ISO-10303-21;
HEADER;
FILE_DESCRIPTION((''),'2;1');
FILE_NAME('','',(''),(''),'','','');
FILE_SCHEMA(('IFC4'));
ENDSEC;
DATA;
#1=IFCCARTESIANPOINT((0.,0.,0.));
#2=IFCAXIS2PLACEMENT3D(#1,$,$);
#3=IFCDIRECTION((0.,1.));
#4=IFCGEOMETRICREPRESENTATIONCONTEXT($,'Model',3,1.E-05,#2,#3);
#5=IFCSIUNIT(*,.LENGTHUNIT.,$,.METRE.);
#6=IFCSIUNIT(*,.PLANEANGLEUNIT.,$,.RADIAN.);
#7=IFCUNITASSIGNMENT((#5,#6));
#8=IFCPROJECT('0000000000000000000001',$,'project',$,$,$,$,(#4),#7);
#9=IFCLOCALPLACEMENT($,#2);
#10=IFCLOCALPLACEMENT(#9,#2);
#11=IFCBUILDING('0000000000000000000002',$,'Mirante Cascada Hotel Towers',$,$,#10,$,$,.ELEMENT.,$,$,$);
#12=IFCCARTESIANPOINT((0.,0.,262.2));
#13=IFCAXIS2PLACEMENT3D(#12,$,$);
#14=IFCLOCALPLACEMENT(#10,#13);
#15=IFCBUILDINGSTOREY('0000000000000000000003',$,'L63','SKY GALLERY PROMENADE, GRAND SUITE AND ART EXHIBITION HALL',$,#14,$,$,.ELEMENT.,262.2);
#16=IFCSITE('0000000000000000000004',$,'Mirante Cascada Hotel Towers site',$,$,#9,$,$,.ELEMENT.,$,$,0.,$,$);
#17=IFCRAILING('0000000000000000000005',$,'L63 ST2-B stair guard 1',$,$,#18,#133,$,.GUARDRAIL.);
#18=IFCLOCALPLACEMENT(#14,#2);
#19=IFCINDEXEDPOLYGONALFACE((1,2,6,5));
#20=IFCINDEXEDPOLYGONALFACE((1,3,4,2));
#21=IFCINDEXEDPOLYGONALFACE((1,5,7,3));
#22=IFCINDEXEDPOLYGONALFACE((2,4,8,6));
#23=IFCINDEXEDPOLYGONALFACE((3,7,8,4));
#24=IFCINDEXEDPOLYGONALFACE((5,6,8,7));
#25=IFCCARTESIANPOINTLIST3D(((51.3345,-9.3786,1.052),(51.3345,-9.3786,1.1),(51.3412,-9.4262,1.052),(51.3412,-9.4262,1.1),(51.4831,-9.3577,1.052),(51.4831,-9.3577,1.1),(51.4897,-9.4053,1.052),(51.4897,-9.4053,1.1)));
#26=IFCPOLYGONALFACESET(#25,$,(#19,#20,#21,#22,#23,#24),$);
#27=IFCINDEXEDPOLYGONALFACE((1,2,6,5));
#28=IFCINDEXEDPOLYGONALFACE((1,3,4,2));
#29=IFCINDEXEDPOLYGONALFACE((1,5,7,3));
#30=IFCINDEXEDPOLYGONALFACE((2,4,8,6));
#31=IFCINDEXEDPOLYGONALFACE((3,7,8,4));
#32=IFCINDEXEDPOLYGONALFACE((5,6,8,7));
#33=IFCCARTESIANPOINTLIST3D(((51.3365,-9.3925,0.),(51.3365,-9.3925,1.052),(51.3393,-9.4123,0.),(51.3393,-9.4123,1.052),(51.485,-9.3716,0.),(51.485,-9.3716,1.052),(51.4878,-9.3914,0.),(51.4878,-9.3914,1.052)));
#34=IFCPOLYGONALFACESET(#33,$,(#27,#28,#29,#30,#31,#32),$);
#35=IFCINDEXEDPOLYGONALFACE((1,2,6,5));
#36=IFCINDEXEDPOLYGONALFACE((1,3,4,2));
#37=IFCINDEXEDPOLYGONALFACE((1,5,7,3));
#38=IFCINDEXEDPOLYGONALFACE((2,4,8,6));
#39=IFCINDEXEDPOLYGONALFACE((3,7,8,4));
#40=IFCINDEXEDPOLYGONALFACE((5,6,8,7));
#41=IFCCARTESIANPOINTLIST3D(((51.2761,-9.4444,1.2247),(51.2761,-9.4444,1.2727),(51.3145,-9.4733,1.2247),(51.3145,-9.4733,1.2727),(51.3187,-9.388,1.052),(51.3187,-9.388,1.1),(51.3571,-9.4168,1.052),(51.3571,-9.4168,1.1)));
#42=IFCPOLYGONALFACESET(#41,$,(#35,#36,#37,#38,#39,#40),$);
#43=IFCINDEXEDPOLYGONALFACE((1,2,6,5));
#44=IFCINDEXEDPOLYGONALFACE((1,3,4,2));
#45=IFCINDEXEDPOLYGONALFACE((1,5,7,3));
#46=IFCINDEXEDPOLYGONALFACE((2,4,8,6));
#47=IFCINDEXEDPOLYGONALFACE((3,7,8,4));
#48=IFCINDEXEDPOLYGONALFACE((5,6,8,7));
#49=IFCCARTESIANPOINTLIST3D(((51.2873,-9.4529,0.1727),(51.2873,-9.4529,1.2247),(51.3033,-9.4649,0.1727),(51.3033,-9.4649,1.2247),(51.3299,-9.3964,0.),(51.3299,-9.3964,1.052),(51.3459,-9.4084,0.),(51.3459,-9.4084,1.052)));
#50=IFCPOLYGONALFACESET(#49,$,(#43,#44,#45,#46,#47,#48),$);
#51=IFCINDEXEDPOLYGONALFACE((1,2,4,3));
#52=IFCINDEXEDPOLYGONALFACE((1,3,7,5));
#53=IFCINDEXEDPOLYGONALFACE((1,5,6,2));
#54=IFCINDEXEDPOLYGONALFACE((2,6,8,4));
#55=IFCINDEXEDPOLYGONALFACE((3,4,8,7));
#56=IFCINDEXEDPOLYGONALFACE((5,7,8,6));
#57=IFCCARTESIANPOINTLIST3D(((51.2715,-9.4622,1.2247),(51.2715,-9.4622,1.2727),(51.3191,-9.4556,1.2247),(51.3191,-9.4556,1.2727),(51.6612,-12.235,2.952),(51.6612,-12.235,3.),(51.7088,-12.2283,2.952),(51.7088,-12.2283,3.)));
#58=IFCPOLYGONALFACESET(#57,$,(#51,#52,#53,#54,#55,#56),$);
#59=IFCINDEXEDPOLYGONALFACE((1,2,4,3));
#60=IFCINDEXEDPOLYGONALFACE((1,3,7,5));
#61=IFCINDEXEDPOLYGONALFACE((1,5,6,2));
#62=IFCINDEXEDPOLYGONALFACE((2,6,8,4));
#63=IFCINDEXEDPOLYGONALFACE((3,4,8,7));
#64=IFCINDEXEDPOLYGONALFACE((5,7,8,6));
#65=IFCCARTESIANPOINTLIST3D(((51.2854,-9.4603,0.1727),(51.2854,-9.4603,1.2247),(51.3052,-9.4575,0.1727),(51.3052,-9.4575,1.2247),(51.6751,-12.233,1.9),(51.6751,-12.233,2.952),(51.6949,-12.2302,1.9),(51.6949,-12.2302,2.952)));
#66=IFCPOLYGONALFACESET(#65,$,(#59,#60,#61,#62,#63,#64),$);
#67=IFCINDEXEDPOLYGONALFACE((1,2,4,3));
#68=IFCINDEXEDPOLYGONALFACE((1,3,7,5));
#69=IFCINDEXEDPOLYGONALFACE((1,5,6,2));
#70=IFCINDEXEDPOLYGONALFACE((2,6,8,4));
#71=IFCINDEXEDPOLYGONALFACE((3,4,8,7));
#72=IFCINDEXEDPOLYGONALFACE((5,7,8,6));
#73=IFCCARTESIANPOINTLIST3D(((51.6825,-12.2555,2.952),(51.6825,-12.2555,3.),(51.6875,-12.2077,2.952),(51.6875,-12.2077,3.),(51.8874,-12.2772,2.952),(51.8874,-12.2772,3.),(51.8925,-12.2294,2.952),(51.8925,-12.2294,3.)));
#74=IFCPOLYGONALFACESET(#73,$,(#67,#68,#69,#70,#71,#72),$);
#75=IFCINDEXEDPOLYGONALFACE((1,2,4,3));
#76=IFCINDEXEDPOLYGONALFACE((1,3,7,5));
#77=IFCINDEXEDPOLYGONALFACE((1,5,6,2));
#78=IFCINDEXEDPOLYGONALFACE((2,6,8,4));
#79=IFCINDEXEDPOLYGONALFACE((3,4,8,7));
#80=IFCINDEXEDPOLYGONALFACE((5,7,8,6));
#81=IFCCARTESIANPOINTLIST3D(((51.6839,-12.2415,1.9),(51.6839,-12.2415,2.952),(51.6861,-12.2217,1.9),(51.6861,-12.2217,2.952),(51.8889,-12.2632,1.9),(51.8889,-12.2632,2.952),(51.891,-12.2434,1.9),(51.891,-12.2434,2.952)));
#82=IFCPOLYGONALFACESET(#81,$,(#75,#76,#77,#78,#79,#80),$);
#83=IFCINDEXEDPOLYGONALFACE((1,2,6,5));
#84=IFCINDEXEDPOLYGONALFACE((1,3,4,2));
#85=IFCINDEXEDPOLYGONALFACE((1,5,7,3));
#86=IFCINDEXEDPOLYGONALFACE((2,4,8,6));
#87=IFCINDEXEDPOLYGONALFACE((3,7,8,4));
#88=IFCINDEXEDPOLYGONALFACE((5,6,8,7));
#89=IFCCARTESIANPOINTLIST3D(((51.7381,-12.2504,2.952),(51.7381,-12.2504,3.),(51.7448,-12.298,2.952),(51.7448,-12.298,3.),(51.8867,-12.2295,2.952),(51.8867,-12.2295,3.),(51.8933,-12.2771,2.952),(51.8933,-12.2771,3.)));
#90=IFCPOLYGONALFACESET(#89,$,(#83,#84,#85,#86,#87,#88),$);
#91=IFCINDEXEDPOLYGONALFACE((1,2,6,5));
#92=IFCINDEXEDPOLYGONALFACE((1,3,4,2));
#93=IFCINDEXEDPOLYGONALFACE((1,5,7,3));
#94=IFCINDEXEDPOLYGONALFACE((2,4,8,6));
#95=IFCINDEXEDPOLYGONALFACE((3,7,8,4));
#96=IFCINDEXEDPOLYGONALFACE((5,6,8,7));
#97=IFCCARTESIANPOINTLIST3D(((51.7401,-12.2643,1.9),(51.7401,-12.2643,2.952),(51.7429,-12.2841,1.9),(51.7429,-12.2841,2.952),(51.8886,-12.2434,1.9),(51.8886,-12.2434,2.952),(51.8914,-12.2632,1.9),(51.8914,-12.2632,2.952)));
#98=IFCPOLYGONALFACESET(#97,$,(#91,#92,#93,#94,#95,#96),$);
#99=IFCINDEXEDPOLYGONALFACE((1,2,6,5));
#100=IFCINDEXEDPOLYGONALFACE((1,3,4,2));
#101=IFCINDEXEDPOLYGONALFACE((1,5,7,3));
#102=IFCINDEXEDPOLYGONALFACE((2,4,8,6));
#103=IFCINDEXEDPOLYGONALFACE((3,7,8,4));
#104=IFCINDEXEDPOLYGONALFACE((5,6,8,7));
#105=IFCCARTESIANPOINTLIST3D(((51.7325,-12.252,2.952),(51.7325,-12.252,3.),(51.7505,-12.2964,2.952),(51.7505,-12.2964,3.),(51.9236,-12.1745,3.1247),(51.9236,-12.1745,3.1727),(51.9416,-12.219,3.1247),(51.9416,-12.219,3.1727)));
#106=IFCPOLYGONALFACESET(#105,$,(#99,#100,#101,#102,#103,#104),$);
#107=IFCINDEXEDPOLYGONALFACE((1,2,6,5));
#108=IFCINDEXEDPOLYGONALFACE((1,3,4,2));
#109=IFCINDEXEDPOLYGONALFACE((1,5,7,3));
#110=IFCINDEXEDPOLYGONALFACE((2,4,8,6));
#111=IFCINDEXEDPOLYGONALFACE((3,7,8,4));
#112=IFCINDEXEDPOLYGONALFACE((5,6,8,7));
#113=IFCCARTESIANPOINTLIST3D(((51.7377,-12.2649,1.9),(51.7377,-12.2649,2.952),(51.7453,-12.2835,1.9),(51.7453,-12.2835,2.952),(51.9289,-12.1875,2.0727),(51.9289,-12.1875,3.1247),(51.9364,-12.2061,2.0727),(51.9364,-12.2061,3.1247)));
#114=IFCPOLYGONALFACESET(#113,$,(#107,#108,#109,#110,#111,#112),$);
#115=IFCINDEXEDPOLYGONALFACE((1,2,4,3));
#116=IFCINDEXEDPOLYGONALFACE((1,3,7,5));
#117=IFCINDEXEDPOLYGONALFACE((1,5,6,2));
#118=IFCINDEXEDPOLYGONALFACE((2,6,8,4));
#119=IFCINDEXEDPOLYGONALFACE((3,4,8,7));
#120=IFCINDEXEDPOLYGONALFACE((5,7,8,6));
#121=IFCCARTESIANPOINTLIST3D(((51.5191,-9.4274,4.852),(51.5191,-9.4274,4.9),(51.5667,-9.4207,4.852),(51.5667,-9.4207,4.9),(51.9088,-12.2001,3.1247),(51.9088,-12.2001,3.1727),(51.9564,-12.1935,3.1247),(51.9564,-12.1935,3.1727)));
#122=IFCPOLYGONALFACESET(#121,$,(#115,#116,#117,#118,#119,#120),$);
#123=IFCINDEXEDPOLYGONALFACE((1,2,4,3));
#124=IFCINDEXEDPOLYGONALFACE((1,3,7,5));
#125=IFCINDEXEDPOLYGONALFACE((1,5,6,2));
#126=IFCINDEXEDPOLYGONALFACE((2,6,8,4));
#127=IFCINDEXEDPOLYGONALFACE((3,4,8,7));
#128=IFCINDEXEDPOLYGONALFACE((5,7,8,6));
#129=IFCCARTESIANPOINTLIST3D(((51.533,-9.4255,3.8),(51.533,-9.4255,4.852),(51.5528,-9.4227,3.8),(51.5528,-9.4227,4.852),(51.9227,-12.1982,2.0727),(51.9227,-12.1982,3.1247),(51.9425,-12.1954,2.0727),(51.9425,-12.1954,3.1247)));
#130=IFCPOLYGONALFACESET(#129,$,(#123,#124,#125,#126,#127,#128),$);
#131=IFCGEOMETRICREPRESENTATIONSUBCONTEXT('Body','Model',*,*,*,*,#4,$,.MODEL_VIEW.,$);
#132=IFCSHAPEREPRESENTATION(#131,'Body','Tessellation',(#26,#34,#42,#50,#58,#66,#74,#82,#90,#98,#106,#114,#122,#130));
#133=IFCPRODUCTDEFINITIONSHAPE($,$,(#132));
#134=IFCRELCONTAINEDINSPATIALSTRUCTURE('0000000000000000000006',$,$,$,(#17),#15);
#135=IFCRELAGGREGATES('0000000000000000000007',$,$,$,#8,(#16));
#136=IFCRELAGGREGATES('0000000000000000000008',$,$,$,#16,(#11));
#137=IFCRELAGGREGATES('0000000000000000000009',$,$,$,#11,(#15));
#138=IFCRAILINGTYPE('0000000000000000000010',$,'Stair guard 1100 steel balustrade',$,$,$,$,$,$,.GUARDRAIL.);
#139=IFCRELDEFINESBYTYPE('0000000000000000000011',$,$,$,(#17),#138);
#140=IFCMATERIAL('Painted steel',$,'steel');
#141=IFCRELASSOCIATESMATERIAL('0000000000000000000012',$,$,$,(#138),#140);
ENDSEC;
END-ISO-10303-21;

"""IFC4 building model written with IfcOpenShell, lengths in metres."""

from ifc_helpers import new_model, si_unit, direction, frame, origin, origin_2d, place, context, subcontext, project, spatial, rectangle, extrude, material, type_object, element, save


model = new_model("IFC4")

# Units and contexts
model_context = context("Model", 3, precision=1e-05, world=origin(), true_north=direction((0.0, 1.0)))
body_context = subcontext(model_context, "Body", "Model", "MODEL_VIEW")
ifc_project = project(units=[si_unit("LENGTHUNIT", "METRE"), si_unit("PLANEANGLEUNIT", "RADIAN")], contexts=[model_context])

# Site, building, storey
site_placement = place(None, origin())
site = spatial("IfcSite", under=ifc_project, at=site_placement, Name="Mirante Cascada Hotel Towers site", CompositionType="ELEMENT", RefElevation=0.0)
building_placement = place(site_placement, origin())
building = spatial("IfcBuilding", under=site, at=building_placement, Name="Mirante Cascada Hotel Towers", CompositionType="ELEMENT")
storey_placement = place(building_placement, frame((0.0, 0.0, 262.2)))
storey = spatial("IfcBuildingStorey", under=building, at=storey_placement, Name="L63", Description="SKY GALLERY PROMENADE, GRAND SUITE AND ART EXHIBITION HALL", CompositionType="ELEMENT", Elevation=262.2)

# Railing
ifc_material_1 = material(Name="Painted steel", Category="steel")
railing_type = type_object("IfcRailingType", Name="Stair guard 1100 steel balustrade", PredefinedType="GUARDRAIL", material=ifc_material_1)
railing_placement = place(storey_placement, frame((51.4864, -9.3815, 0.0)))
element("IfcRailing", 1, at=railing_placement, inside=storey, type_object=railing_type, Name="L63 ST2-B stair guard 1", PredefinedType="GUARDRAIL", context=body_context, shape_type="SweptSolid", body=[
    extrude(rectangle(XDim=0.048, YDim=0.048, at=origin_2d()), frame((0.0, 0.0, 1.076), z_axis=(-0.990241, -0.139367, 0.0), x_axis=(0.139367, -0.990241, 0.0)), (0.0, 0.0, 1.0), 0.15),
    extrude(rectangle(XDim=0.02, YDim=1.052, at=origin_2d()), frame((0.0, 0.0, 0.526), z_axis=(-0.990241, -0.139367, 0.0), x_axis=(0.139367, -0.990241, 0.0)), (0.0, 0.0, 1.0), 0.15),
    extrude(rectangle(XDim=0.048, YDim=0.048, at=origin_2d()), frame((-0.1485, -0.0209, 1.076), z_axis=(-0.602033, -0.798471, 0.0), x_axis=(0.798471, -0.602033, 0.0)), (0.0, 0.92534, 0.379139), 0.1866),
    extrude(rectangle(XDim=0.02, YDim=1.052, at=origin_2d()), frame((-0.1485, -0.0209, 0.526), z_axis=(-0.602033, -0.798471, 0.0), x_axis=(0.798471, -0.602033, 0.0)), (0.0, 0.92534, 0.379139), 0.1866),
    extrude(rectangle(XDim=0.048, YDim=0.048, at=origin_2d()), frame((-0.1911, -0.0774, 1.2487), z_axis=(0.139181, -0.990267, 0.0), x_axis=(0.990267, 0.139181, 0.0)), (0.0, 0.525035, 0.851081), 3.2899),
    extrude(rectangle(XDim=0.02, YDim=1.052, at=origin_2d()), frame((-0.1911, -0.0774, 0.6987), z_axis=(0.139181, -0.990267, 0.0), x_axis=(0.990267, 0.139181, 0.0)), (0.0, 0.525035, 0.851081), 3.2899),
    extrude(rectangle(XDim=0.048, YDim=0.048, at=origin_2d()), frame((0.1986, -2.8501, 2.976), z_axis=(0.994444, -0.105266, 0.0), x_axis=(0.105266, 0.994444, 0.0)), (0.0, 0.0, 1.0), 0.2061),
    extrude(rectangle(XDim=0.02, YDim=1.052, at=origin_2d()), frame((0.1986, -2.8501, 2.426), z_axis=(0.994444, -0.105266, 0.0), x_axis=(0.105266, 0.994444, 0.0)), (0.0, 0.0, 1.0), 0.2061),
    extrude(rectangle(XDim=0.048, YDim=0.048, at=origin_2d()), frame((0.4036, -2.8718, 2.976), z_axis=(-0.990241, -0.139367, 0.0), x_axis=(0.139367, -0.990241, 0.0)), (0.0, 0.0, 1.0), 0.15),
    extrude(rectangle(XDim=0.02, YDim=1.052, at=origin_2d()), frame((0.4036, -2.8718, 2.426), z_axis=(-0.990241, -0.139367, 0.0), x_axis=(0.139367, -0.990241, 0.0)), (0.0, 0.0, 1.0), 0.15),
    extrude(rectangle(XDim=0.048, YDim=0.048, at=origin_2d()), frame((0.2551, -2.8927, 2.976), z_axis=(0.926862, 0.375401, 0.0), x_axis=(-0.375401, 0.926862, 0.0)), (0.0, 0.642122, 0.766603), 0.269),
    extrude(rectangle(XDim=0.02, YDim=1.052, at=origin_2d()), frame((0.2551, -2.8927, 2.426), z_axis=(0.926862, 0.375401, 0.0), x_axis=(-0.375401, 0.926862, 0.0)), (0.0, 0.642122, 0.766603), 0.269),
    extrude(rectangle(XDim=0.048, YDim=0.048, at=origin_2d()), frame((0.4462, -2.8153, 3.1487), z_axis=(-0.139181, 0.990267, 0.0), x_axis=(-0.990267, -0.139181, 0.0)), (0.0, 0.525035, 0.851081), 3.2899),
    extrude(rectangle(XDim=0.02, YDim=1.052, at=origin_2d()), frame((0.4462, -2.8153, 2.5987), z_axis=(-0.139181, 0.990267, 0.0), x_axis=(-0.990267, -0.139181, 0.0)), (0.0, 0.525035, 0.851081), 3.2899),
])

save(model, "model.ifc")
